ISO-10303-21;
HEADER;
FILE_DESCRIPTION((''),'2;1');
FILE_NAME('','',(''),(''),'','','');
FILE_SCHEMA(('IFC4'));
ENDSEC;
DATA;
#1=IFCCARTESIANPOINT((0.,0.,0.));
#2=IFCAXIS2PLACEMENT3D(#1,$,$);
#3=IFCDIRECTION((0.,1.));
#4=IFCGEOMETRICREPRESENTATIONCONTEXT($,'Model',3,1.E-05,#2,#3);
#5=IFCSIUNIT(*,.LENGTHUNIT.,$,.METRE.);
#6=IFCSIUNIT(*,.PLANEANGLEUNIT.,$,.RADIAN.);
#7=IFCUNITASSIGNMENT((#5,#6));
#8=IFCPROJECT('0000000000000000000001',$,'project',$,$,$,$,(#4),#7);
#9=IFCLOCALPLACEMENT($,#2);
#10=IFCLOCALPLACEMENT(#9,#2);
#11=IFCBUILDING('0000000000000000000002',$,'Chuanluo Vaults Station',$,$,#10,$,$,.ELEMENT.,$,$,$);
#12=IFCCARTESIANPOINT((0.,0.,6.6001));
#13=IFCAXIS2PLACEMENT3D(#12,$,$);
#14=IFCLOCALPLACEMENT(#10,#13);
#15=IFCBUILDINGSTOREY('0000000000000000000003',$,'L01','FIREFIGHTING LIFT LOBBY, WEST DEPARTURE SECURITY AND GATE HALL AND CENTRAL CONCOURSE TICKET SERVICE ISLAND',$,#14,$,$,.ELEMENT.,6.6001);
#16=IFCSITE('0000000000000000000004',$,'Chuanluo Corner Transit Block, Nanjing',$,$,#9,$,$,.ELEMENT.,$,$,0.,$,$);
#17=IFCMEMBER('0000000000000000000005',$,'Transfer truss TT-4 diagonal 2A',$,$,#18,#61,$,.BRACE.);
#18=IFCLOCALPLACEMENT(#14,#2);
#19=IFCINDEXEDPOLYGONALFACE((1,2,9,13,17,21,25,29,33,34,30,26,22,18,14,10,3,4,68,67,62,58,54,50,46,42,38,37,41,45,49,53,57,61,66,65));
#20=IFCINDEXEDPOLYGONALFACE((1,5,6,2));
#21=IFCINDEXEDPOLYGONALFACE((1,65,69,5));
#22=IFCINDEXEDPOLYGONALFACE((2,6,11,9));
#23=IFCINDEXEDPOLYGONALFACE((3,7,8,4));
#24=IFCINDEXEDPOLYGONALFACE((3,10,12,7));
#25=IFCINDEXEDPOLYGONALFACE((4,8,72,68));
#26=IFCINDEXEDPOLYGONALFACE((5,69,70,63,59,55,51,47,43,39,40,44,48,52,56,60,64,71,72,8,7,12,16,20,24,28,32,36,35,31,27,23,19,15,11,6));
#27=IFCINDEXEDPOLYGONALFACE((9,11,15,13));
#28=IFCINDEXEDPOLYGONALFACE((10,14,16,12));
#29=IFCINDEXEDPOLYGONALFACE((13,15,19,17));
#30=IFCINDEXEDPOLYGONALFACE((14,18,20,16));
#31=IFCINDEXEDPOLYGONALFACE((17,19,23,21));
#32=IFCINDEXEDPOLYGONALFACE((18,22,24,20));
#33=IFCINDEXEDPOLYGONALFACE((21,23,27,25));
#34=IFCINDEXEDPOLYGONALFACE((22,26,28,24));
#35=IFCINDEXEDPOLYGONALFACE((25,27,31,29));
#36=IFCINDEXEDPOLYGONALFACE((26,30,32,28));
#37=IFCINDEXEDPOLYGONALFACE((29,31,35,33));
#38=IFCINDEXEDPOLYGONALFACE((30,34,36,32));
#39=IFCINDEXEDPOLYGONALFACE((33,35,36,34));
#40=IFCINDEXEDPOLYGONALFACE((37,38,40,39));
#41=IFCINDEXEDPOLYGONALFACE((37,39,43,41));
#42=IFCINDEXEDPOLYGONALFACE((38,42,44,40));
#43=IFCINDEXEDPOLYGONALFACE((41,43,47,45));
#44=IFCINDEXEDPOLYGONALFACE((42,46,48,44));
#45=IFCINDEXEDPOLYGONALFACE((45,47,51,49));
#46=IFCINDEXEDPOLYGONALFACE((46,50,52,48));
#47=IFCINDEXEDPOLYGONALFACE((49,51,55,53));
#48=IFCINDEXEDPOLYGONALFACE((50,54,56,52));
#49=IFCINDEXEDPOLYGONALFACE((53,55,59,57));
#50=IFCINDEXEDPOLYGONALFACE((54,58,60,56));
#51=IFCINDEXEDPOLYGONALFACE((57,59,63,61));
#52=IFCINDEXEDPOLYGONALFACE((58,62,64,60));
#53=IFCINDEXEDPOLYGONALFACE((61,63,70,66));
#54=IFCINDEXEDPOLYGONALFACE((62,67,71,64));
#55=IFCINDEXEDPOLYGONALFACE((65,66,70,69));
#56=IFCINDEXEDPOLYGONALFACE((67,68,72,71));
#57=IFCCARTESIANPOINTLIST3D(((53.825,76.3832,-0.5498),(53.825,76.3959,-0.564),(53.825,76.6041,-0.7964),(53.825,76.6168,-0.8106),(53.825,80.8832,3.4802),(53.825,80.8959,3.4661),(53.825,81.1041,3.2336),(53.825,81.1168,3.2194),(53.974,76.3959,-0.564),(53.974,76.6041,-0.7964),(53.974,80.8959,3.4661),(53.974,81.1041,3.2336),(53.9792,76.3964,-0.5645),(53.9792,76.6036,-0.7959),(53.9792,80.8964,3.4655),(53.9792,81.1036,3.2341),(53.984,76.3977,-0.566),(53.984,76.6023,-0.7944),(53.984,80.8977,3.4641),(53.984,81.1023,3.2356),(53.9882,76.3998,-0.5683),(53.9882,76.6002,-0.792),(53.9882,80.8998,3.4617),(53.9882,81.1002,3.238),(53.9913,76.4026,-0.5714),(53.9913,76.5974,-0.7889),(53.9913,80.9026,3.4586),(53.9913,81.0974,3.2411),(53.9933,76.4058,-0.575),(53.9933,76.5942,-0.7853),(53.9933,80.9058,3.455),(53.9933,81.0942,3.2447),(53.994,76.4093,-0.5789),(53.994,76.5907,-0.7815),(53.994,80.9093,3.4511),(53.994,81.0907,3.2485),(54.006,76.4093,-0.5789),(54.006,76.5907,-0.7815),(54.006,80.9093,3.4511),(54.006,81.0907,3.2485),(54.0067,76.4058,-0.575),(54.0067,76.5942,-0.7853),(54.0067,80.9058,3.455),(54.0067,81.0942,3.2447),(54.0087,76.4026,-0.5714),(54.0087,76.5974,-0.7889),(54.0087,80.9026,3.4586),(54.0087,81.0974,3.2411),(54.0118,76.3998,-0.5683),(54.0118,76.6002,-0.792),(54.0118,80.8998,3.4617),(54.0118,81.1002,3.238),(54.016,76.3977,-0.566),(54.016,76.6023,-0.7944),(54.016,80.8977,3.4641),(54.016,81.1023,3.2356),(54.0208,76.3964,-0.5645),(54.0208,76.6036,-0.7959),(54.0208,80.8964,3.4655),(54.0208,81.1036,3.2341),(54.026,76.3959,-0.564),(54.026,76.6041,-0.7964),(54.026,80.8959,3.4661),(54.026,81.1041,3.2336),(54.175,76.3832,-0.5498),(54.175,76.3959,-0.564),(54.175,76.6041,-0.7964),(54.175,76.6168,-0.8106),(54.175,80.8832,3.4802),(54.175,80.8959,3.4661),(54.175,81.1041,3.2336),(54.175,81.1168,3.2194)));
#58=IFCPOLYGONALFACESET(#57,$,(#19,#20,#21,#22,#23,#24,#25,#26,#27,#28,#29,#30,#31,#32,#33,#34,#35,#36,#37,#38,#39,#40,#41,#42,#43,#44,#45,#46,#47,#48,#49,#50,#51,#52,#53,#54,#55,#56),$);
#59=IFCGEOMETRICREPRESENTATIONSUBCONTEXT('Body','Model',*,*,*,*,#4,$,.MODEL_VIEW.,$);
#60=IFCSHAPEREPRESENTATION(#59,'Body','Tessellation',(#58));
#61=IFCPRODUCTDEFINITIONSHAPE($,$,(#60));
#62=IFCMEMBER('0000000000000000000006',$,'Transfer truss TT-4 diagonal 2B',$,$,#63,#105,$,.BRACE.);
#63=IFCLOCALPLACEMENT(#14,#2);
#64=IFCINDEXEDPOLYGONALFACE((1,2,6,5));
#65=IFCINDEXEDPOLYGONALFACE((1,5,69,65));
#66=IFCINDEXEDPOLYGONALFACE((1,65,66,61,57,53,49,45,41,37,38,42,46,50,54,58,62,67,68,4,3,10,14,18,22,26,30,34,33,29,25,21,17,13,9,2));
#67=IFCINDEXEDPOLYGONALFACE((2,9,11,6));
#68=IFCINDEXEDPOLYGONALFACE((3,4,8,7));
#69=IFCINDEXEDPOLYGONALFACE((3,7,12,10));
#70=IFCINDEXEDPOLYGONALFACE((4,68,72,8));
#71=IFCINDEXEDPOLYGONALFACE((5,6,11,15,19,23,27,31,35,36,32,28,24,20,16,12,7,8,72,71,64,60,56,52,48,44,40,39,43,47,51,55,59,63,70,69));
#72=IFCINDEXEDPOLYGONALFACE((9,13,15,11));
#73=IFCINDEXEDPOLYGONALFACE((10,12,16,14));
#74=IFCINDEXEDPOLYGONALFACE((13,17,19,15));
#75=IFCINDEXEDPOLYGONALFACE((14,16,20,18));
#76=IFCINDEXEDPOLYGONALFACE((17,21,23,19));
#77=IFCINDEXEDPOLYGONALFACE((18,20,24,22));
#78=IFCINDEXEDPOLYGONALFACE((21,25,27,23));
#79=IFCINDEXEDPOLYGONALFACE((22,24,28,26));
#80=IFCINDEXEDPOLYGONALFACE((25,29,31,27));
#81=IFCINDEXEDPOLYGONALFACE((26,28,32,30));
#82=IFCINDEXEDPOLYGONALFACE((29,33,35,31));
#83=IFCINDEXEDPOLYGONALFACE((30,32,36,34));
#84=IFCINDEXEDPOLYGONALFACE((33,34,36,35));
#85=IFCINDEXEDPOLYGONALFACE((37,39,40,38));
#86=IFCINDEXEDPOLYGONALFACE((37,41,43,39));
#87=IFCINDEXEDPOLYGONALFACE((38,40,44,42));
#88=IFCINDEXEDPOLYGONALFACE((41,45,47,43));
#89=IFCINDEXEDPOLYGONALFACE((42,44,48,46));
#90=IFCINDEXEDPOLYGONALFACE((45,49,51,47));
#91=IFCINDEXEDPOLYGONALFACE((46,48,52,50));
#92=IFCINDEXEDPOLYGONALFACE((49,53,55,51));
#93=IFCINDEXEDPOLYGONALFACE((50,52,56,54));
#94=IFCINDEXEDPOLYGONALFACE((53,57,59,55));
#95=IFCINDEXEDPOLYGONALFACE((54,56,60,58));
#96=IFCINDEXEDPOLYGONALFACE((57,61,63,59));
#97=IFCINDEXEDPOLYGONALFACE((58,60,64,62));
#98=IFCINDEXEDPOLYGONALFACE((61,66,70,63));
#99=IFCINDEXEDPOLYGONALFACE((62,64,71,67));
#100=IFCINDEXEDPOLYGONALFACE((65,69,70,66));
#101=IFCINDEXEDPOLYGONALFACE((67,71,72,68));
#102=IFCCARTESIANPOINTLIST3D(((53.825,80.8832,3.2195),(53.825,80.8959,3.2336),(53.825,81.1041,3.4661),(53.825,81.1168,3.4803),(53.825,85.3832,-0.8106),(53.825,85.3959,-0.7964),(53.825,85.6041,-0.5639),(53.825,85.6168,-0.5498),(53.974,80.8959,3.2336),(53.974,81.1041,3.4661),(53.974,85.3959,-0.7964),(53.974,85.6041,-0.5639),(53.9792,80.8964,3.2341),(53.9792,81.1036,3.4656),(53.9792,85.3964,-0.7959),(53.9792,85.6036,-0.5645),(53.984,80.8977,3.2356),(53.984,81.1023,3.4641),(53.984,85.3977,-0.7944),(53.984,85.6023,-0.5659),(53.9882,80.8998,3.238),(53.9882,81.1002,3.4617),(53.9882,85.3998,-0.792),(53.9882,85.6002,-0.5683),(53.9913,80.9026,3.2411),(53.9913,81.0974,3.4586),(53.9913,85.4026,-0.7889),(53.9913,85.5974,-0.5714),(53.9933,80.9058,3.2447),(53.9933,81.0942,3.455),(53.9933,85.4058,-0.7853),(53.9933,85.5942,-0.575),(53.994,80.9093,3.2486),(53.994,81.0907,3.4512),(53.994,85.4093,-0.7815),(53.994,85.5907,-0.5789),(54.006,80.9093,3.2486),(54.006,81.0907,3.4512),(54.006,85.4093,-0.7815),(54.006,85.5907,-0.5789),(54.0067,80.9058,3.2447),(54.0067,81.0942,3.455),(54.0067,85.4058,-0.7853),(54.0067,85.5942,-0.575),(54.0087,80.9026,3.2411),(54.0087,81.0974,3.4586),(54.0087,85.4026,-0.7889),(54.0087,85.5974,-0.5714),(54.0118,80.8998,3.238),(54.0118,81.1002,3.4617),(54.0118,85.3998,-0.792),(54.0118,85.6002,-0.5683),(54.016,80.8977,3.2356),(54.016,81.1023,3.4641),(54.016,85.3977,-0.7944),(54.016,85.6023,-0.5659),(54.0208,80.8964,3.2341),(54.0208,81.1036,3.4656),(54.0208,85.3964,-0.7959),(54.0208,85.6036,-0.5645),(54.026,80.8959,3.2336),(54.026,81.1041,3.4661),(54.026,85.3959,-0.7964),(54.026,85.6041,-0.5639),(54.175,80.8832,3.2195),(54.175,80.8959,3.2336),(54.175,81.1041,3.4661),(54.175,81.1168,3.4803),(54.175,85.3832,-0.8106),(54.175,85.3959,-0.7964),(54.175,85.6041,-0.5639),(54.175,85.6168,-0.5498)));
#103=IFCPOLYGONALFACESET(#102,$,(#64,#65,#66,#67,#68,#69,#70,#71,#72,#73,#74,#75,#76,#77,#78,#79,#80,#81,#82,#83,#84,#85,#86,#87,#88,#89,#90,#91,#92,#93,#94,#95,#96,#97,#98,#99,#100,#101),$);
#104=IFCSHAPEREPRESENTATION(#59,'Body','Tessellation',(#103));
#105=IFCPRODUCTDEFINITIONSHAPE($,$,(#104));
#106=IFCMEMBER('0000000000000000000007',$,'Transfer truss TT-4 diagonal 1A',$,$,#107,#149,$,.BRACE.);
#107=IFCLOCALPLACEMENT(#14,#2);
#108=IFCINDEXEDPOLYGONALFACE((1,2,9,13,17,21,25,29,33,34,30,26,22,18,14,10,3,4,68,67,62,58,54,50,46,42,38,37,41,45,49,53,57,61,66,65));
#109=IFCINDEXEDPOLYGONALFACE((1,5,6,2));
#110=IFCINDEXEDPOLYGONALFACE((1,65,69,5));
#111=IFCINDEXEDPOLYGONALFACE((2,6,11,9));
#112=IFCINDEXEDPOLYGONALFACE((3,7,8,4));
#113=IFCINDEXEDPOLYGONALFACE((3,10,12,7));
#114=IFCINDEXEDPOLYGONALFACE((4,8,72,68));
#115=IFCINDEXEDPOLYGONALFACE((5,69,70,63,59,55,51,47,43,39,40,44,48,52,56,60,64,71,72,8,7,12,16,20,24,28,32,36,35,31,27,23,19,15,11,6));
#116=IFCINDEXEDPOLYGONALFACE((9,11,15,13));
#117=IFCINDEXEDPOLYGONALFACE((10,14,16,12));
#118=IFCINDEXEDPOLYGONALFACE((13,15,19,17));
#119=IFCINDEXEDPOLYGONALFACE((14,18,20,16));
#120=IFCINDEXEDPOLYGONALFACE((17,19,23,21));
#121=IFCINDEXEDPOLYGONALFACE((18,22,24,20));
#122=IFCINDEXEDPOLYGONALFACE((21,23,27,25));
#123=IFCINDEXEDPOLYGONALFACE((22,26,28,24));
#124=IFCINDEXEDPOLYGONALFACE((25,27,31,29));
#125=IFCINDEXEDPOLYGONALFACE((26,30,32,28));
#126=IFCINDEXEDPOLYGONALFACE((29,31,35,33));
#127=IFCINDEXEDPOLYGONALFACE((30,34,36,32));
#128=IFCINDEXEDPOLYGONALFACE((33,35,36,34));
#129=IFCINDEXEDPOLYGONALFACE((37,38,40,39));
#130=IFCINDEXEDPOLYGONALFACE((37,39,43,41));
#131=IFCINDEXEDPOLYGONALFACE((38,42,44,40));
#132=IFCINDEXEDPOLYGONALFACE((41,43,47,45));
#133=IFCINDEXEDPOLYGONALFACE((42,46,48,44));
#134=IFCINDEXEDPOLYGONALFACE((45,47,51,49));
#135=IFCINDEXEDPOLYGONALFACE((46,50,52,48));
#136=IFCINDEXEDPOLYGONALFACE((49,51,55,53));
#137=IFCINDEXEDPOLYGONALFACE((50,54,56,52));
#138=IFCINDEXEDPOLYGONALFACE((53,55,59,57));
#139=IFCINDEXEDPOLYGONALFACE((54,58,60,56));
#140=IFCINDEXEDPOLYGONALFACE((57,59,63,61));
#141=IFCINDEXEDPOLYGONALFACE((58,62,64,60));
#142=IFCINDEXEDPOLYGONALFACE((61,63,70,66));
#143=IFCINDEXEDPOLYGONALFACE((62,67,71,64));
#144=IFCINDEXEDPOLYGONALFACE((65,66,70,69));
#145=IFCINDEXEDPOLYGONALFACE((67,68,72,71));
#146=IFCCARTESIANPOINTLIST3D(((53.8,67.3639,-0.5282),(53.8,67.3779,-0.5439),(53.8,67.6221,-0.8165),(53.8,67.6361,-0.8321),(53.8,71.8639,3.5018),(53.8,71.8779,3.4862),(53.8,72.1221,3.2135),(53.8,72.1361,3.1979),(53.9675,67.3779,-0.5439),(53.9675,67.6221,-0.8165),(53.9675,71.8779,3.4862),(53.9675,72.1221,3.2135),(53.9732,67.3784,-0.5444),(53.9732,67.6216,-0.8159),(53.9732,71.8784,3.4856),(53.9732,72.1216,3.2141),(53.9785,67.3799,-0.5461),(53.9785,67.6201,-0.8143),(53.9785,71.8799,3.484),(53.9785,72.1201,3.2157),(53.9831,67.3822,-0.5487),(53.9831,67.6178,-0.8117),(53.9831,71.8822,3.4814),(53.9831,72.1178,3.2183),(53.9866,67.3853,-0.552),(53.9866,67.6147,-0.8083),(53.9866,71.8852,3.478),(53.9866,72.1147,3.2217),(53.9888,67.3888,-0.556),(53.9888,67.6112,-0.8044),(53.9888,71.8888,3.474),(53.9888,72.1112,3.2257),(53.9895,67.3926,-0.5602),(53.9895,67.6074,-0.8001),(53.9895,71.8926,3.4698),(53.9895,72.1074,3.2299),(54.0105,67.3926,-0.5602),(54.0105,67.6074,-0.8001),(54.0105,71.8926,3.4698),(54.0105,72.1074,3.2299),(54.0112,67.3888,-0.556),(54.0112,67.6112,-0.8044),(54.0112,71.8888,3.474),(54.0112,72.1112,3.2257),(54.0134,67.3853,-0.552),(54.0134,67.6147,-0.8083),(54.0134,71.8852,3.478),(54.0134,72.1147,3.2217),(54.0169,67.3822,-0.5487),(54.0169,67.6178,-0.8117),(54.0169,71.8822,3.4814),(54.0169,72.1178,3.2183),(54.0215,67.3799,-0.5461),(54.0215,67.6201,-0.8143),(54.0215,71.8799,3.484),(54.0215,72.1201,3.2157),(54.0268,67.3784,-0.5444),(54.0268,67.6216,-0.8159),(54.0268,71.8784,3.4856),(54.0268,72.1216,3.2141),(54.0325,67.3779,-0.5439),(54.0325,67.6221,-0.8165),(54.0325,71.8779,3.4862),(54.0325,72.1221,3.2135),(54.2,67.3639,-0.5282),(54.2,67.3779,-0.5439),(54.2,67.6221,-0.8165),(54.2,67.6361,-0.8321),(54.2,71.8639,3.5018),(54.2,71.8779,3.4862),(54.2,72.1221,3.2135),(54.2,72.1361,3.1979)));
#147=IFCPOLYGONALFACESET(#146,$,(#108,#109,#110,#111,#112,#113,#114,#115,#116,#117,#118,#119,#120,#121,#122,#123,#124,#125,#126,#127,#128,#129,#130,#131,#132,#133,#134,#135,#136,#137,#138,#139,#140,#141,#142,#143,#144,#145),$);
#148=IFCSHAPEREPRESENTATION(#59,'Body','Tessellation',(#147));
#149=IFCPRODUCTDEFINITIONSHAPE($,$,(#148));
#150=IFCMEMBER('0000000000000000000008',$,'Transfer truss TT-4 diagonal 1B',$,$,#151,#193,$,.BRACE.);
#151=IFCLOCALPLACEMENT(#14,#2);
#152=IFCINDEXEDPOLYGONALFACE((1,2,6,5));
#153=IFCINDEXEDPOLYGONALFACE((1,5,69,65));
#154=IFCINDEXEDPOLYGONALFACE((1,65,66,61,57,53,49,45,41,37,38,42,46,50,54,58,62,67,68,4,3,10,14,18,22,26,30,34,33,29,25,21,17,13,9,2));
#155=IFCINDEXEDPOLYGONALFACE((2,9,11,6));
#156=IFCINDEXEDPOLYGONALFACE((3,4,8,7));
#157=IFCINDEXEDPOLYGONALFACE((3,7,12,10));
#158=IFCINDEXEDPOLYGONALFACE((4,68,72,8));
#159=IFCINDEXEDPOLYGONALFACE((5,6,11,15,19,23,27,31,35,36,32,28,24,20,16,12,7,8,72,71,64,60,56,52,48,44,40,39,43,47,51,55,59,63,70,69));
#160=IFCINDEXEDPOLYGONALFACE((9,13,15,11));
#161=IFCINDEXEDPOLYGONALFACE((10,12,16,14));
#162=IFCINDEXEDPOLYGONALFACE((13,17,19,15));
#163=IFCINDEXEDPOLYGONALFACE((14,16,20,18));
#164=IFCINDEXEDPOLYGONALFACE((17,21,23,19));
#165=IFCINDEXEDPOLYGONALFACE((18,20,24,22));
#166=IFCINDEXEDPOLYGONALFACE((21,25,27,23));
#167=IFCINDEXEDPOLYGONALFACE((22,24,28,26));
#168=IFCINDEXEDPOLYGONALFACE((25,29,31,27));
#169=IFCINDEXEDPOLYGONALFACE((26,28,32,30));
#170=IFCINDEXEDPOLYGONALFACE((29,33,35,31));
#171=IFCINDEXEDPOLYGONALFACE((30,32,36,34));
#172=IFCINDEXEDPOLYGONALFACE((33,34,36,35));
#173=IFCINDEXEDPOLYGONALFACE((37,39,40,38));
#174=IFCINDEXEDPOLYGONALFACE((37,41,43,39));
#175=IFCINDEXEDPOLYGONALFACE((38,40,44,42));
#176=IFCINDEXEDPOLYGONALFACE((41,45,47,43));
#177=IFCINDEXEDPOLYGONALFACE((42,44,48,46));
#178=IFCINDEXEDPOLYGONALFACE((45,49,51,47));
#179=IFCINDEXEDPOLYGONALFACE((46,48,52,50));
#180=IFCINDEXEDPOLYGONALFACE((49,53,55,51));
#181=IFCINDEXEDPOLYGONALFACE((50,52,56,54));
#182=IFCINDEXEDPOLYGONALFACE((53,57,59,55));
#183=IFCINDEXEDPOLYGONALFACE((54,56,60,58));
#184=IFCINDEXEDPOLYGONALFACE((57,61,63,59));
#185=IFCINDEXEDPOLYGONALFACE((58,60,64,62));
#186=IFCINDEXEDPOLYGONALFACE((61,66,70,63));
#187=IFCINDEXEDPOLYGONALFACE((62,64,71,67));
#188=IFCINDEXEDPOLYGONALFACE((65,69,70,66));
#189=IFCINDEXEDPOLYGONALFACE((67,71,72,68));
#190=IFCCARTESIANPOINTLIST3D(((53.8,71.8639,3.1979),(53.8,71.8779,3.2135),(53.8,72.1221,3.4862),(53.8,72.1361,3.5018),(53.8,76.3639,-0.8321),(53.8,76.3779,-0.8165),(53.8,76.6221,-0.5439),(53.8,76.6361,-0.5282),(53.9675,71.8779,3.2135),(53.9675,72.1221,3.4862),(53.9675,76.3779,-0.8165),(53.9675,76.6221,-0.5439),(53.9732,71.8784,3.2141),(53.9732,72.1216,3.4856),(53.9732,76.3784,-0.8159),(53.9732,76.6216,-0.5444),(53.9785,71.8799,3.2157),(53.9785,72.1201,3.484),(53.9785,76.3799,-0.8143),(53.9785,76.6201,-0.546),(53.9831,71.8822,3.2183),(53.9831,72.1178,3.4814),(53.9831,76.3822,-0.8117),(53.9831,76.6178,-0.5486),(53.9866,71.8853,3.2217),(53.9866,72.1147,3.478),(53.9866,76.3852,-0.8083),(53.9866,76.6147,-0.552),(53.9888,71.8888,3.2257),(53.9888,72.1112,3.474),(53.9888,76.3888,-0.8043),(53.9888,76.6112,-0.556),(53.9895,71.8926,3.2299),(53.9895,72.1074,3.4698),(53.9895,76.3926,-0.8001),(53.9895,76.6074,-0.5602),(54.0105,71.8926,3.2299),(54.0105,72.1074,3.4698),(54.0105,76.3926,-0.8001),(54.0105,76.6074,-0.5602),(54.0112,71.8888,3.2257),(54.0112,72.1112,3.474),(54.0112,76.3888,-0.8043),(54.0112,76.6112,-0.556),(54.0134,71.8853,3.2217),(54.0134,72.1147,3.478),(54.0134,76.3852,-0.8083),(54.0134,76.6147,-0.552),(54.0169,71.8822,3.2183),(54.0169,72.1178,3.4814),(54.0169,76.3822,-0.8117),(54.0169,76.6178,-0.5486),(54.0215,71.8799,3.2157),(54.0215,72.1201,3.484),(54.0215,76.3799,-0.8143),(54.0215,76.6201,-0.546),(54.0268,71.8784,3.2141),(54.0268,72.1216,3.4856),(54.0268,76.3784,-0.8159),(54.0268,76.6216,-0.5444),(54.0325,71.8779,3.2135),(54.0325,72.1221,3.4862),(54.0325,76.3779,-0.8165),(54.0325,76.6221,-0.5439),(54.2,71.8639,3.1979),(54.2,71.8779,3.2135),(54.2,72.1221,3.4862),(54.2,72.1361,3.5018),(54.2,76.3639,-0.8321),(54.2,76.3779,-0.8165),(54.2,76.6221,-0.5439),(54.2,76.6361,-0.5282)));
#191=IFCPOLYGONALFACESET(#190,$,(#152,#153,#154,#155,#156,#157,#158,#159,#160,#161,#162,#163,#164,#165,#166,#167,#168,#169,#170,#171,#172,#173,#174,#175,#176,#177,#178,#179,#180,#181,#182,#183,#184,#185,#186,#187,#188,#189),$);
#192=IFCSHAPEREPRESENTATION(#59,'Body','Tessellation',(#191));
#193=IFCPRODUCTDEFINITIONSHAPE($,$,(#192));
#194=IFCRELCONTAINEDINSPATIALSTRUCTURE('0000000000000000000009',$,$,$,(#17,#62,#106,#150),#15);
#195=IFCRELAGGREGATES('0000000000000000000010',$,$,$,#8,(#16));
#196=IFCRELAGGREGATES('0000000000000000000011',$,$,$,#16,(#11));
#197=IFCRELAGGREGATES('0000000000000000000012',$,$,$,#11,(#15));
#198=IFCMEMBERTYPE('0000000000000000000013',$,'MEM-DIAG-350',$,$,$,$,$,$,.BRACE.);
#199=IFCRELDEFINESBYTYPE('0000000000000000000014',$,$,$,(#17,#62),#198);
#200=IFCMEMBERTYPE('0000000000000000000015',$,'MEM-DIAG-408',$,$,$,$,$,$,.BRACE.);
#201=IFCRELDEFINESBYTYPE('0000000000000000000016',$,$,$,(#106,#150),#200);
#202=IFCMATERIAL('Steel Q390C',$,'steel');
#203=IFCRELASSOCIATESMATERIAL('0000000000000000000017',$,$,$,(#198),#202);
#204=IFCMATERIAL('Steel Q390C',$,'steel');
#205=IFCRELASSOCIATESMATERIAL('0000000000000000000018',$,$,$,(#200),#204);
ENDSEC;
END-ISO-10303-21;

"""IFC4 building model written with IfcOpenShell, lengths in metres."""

from ifc_helpers import new_model, si_unit, direction, frame, origin, origin_2d, place, context, subcontext, project, spatial, i_section, extrude, material, material_profile, profile_set, type_object, element, save


model = new_model("IFC4")

# Units and contexts
model_context = context("Model", 3, precision=1e-05, world=origin(), true_north=direction((0.0, 1.0)))
body_context = subcontext(model_context, "Body", "Model", "MODEL_VIEW")
ifc_project = project(units=[si_unit("LENGTHUNIT", "METRE"), si_unit("PLANEANGLEUNIT", "RADIAN")], contexts=[model_context])

# Site, building, storey
site_placement = place(None, origin())
site = spatial("IfcSite", under=ifc_project, at=site_placement, Name="Chuanluo Corner Transit Block, Nanjing", CompositionType="ELEMENT", RefElevation=0.0)
building_placement = place(site_placement, origin())
building = spatial("IfcBuilding", under=site, at=building_placement, Name="Chuanluo Vaults Station", CompositionType="ELEMENT")
storey_placement = place(building_placement, frame((0.0, 0.0, 6.6001)))
storey = spatial("IfcBuildingStorey", under=building, at=storey_placement, Name="L01", Description="FIREFIGHTING LIFT LOBBY, WEST DEPARTURE SECURITY AND GATE HALL AND CENTRAL CONCOURSE TICKET SERVICE ISLAND", CompositionType="ELEMENT", Elevation=6.6001)

# Members
ifc_material_1 = material(Name="Steel Q390C", Category="steel")
ifc_material_profile_1 = material_profile(ifc_material_1, i_section(OverallWidth=0.3501, OverallDepth=0.3501, WebThickness=0.012, FlangeThickness=0.019, FilletRadius=0.02, at=origin_2d()))
ifc_profile_set_1 = profile_set([ifc_material_profile_1], Name="Steel Q390C")
member_type_1 = type_object("IfcMemberType", Name="MEM-DIAG-350", PredefinedType="BRACE", material=ifc_profile_set_1)
for number, where, z_axis, x_axis, name in (
    (1, (54.0, 76.5, -0.6802), (0.0, 0.744936, 0.667136), (-1.0, 0.0, 0.0), "Transfer truss TT-4 diagonal 2A"),
    (2, (54.0, 81.0, 3.3499), (0.0, 0.744936, -0.667136), (-1.0, 0.0, 0.0), "Transfer truss TT-4 diagonal 2B"),
):
    element("IfcMember", number, at=place(storey_placement, frame(where, z_axis=z_axis, x_axis=x_axis)), inside=storey, type_object=member_type_1, Name=name, PredefinedType="BRACE", context=body_context, shape_type="SweptSolid", body=[
        extrude(i_section(OverallWidth=0.3501, OverallDepth=0.3501, WebThickness=0.012, FlangeThickness=0.019, FilletRadius=0.02, at=origin_2d()), origin(), (0.0, 0.0, 1.0), 6.0408),
    ])
ifc_material_2 = material(Name="Steel Q390C", Category="steel")
ifc_material_profile_2 = material_profile(ifc_material_2, i_section(OverallWidth=0.3999, OverallDepth=0.408, WebThickness=0.021, FlangeThickness=0.021, FilletRadius=0.022, at=origin_2d()))
ifc_profile_set_2 = profile_set([ifc_material_profile_2], Name="Steel Q390C")
member_type_2 = type_object("IfcMemberType", Name="MEM-DIAG-408", PredefinedType="BRACE", material=ifc_profile_set_2)
for number, where, z_axis, x_axis, name in (
    (3, (54.0, 67.5, -0.6802), (0.0, 0.744936, 0.667136), (-1.0, 0.0, 0.0), "Transfer truss TT-4 diagonal 1A"),
    (4, (54.0, 72.0, 3.3499), (0.0, 0.744936, -0.667136), (-1.0, 0.0, 0.0), "Transfer truss TT-4 diagonal 1B"),
):
    element("IfcMember", number, at=place(storey_placement, frame(where, z_axis=z_axis, x_axis=x_axis)), inside=storey, type_object=member_type_2, Name=name, PredefinedType="BRACE", context=body_context, shape_type="SweptSolid", body=[
        extrude(i_section(OverallWidth=0.3999, OverallDepth=0.408, WebThickness=0.021, FlangeThickness=0.021, FilletRadius=0.022, at=origin_2d()), origin(), (0.0, 0.0, 1.0), 6.0408),
    ])

save(model, "model.ifc")
